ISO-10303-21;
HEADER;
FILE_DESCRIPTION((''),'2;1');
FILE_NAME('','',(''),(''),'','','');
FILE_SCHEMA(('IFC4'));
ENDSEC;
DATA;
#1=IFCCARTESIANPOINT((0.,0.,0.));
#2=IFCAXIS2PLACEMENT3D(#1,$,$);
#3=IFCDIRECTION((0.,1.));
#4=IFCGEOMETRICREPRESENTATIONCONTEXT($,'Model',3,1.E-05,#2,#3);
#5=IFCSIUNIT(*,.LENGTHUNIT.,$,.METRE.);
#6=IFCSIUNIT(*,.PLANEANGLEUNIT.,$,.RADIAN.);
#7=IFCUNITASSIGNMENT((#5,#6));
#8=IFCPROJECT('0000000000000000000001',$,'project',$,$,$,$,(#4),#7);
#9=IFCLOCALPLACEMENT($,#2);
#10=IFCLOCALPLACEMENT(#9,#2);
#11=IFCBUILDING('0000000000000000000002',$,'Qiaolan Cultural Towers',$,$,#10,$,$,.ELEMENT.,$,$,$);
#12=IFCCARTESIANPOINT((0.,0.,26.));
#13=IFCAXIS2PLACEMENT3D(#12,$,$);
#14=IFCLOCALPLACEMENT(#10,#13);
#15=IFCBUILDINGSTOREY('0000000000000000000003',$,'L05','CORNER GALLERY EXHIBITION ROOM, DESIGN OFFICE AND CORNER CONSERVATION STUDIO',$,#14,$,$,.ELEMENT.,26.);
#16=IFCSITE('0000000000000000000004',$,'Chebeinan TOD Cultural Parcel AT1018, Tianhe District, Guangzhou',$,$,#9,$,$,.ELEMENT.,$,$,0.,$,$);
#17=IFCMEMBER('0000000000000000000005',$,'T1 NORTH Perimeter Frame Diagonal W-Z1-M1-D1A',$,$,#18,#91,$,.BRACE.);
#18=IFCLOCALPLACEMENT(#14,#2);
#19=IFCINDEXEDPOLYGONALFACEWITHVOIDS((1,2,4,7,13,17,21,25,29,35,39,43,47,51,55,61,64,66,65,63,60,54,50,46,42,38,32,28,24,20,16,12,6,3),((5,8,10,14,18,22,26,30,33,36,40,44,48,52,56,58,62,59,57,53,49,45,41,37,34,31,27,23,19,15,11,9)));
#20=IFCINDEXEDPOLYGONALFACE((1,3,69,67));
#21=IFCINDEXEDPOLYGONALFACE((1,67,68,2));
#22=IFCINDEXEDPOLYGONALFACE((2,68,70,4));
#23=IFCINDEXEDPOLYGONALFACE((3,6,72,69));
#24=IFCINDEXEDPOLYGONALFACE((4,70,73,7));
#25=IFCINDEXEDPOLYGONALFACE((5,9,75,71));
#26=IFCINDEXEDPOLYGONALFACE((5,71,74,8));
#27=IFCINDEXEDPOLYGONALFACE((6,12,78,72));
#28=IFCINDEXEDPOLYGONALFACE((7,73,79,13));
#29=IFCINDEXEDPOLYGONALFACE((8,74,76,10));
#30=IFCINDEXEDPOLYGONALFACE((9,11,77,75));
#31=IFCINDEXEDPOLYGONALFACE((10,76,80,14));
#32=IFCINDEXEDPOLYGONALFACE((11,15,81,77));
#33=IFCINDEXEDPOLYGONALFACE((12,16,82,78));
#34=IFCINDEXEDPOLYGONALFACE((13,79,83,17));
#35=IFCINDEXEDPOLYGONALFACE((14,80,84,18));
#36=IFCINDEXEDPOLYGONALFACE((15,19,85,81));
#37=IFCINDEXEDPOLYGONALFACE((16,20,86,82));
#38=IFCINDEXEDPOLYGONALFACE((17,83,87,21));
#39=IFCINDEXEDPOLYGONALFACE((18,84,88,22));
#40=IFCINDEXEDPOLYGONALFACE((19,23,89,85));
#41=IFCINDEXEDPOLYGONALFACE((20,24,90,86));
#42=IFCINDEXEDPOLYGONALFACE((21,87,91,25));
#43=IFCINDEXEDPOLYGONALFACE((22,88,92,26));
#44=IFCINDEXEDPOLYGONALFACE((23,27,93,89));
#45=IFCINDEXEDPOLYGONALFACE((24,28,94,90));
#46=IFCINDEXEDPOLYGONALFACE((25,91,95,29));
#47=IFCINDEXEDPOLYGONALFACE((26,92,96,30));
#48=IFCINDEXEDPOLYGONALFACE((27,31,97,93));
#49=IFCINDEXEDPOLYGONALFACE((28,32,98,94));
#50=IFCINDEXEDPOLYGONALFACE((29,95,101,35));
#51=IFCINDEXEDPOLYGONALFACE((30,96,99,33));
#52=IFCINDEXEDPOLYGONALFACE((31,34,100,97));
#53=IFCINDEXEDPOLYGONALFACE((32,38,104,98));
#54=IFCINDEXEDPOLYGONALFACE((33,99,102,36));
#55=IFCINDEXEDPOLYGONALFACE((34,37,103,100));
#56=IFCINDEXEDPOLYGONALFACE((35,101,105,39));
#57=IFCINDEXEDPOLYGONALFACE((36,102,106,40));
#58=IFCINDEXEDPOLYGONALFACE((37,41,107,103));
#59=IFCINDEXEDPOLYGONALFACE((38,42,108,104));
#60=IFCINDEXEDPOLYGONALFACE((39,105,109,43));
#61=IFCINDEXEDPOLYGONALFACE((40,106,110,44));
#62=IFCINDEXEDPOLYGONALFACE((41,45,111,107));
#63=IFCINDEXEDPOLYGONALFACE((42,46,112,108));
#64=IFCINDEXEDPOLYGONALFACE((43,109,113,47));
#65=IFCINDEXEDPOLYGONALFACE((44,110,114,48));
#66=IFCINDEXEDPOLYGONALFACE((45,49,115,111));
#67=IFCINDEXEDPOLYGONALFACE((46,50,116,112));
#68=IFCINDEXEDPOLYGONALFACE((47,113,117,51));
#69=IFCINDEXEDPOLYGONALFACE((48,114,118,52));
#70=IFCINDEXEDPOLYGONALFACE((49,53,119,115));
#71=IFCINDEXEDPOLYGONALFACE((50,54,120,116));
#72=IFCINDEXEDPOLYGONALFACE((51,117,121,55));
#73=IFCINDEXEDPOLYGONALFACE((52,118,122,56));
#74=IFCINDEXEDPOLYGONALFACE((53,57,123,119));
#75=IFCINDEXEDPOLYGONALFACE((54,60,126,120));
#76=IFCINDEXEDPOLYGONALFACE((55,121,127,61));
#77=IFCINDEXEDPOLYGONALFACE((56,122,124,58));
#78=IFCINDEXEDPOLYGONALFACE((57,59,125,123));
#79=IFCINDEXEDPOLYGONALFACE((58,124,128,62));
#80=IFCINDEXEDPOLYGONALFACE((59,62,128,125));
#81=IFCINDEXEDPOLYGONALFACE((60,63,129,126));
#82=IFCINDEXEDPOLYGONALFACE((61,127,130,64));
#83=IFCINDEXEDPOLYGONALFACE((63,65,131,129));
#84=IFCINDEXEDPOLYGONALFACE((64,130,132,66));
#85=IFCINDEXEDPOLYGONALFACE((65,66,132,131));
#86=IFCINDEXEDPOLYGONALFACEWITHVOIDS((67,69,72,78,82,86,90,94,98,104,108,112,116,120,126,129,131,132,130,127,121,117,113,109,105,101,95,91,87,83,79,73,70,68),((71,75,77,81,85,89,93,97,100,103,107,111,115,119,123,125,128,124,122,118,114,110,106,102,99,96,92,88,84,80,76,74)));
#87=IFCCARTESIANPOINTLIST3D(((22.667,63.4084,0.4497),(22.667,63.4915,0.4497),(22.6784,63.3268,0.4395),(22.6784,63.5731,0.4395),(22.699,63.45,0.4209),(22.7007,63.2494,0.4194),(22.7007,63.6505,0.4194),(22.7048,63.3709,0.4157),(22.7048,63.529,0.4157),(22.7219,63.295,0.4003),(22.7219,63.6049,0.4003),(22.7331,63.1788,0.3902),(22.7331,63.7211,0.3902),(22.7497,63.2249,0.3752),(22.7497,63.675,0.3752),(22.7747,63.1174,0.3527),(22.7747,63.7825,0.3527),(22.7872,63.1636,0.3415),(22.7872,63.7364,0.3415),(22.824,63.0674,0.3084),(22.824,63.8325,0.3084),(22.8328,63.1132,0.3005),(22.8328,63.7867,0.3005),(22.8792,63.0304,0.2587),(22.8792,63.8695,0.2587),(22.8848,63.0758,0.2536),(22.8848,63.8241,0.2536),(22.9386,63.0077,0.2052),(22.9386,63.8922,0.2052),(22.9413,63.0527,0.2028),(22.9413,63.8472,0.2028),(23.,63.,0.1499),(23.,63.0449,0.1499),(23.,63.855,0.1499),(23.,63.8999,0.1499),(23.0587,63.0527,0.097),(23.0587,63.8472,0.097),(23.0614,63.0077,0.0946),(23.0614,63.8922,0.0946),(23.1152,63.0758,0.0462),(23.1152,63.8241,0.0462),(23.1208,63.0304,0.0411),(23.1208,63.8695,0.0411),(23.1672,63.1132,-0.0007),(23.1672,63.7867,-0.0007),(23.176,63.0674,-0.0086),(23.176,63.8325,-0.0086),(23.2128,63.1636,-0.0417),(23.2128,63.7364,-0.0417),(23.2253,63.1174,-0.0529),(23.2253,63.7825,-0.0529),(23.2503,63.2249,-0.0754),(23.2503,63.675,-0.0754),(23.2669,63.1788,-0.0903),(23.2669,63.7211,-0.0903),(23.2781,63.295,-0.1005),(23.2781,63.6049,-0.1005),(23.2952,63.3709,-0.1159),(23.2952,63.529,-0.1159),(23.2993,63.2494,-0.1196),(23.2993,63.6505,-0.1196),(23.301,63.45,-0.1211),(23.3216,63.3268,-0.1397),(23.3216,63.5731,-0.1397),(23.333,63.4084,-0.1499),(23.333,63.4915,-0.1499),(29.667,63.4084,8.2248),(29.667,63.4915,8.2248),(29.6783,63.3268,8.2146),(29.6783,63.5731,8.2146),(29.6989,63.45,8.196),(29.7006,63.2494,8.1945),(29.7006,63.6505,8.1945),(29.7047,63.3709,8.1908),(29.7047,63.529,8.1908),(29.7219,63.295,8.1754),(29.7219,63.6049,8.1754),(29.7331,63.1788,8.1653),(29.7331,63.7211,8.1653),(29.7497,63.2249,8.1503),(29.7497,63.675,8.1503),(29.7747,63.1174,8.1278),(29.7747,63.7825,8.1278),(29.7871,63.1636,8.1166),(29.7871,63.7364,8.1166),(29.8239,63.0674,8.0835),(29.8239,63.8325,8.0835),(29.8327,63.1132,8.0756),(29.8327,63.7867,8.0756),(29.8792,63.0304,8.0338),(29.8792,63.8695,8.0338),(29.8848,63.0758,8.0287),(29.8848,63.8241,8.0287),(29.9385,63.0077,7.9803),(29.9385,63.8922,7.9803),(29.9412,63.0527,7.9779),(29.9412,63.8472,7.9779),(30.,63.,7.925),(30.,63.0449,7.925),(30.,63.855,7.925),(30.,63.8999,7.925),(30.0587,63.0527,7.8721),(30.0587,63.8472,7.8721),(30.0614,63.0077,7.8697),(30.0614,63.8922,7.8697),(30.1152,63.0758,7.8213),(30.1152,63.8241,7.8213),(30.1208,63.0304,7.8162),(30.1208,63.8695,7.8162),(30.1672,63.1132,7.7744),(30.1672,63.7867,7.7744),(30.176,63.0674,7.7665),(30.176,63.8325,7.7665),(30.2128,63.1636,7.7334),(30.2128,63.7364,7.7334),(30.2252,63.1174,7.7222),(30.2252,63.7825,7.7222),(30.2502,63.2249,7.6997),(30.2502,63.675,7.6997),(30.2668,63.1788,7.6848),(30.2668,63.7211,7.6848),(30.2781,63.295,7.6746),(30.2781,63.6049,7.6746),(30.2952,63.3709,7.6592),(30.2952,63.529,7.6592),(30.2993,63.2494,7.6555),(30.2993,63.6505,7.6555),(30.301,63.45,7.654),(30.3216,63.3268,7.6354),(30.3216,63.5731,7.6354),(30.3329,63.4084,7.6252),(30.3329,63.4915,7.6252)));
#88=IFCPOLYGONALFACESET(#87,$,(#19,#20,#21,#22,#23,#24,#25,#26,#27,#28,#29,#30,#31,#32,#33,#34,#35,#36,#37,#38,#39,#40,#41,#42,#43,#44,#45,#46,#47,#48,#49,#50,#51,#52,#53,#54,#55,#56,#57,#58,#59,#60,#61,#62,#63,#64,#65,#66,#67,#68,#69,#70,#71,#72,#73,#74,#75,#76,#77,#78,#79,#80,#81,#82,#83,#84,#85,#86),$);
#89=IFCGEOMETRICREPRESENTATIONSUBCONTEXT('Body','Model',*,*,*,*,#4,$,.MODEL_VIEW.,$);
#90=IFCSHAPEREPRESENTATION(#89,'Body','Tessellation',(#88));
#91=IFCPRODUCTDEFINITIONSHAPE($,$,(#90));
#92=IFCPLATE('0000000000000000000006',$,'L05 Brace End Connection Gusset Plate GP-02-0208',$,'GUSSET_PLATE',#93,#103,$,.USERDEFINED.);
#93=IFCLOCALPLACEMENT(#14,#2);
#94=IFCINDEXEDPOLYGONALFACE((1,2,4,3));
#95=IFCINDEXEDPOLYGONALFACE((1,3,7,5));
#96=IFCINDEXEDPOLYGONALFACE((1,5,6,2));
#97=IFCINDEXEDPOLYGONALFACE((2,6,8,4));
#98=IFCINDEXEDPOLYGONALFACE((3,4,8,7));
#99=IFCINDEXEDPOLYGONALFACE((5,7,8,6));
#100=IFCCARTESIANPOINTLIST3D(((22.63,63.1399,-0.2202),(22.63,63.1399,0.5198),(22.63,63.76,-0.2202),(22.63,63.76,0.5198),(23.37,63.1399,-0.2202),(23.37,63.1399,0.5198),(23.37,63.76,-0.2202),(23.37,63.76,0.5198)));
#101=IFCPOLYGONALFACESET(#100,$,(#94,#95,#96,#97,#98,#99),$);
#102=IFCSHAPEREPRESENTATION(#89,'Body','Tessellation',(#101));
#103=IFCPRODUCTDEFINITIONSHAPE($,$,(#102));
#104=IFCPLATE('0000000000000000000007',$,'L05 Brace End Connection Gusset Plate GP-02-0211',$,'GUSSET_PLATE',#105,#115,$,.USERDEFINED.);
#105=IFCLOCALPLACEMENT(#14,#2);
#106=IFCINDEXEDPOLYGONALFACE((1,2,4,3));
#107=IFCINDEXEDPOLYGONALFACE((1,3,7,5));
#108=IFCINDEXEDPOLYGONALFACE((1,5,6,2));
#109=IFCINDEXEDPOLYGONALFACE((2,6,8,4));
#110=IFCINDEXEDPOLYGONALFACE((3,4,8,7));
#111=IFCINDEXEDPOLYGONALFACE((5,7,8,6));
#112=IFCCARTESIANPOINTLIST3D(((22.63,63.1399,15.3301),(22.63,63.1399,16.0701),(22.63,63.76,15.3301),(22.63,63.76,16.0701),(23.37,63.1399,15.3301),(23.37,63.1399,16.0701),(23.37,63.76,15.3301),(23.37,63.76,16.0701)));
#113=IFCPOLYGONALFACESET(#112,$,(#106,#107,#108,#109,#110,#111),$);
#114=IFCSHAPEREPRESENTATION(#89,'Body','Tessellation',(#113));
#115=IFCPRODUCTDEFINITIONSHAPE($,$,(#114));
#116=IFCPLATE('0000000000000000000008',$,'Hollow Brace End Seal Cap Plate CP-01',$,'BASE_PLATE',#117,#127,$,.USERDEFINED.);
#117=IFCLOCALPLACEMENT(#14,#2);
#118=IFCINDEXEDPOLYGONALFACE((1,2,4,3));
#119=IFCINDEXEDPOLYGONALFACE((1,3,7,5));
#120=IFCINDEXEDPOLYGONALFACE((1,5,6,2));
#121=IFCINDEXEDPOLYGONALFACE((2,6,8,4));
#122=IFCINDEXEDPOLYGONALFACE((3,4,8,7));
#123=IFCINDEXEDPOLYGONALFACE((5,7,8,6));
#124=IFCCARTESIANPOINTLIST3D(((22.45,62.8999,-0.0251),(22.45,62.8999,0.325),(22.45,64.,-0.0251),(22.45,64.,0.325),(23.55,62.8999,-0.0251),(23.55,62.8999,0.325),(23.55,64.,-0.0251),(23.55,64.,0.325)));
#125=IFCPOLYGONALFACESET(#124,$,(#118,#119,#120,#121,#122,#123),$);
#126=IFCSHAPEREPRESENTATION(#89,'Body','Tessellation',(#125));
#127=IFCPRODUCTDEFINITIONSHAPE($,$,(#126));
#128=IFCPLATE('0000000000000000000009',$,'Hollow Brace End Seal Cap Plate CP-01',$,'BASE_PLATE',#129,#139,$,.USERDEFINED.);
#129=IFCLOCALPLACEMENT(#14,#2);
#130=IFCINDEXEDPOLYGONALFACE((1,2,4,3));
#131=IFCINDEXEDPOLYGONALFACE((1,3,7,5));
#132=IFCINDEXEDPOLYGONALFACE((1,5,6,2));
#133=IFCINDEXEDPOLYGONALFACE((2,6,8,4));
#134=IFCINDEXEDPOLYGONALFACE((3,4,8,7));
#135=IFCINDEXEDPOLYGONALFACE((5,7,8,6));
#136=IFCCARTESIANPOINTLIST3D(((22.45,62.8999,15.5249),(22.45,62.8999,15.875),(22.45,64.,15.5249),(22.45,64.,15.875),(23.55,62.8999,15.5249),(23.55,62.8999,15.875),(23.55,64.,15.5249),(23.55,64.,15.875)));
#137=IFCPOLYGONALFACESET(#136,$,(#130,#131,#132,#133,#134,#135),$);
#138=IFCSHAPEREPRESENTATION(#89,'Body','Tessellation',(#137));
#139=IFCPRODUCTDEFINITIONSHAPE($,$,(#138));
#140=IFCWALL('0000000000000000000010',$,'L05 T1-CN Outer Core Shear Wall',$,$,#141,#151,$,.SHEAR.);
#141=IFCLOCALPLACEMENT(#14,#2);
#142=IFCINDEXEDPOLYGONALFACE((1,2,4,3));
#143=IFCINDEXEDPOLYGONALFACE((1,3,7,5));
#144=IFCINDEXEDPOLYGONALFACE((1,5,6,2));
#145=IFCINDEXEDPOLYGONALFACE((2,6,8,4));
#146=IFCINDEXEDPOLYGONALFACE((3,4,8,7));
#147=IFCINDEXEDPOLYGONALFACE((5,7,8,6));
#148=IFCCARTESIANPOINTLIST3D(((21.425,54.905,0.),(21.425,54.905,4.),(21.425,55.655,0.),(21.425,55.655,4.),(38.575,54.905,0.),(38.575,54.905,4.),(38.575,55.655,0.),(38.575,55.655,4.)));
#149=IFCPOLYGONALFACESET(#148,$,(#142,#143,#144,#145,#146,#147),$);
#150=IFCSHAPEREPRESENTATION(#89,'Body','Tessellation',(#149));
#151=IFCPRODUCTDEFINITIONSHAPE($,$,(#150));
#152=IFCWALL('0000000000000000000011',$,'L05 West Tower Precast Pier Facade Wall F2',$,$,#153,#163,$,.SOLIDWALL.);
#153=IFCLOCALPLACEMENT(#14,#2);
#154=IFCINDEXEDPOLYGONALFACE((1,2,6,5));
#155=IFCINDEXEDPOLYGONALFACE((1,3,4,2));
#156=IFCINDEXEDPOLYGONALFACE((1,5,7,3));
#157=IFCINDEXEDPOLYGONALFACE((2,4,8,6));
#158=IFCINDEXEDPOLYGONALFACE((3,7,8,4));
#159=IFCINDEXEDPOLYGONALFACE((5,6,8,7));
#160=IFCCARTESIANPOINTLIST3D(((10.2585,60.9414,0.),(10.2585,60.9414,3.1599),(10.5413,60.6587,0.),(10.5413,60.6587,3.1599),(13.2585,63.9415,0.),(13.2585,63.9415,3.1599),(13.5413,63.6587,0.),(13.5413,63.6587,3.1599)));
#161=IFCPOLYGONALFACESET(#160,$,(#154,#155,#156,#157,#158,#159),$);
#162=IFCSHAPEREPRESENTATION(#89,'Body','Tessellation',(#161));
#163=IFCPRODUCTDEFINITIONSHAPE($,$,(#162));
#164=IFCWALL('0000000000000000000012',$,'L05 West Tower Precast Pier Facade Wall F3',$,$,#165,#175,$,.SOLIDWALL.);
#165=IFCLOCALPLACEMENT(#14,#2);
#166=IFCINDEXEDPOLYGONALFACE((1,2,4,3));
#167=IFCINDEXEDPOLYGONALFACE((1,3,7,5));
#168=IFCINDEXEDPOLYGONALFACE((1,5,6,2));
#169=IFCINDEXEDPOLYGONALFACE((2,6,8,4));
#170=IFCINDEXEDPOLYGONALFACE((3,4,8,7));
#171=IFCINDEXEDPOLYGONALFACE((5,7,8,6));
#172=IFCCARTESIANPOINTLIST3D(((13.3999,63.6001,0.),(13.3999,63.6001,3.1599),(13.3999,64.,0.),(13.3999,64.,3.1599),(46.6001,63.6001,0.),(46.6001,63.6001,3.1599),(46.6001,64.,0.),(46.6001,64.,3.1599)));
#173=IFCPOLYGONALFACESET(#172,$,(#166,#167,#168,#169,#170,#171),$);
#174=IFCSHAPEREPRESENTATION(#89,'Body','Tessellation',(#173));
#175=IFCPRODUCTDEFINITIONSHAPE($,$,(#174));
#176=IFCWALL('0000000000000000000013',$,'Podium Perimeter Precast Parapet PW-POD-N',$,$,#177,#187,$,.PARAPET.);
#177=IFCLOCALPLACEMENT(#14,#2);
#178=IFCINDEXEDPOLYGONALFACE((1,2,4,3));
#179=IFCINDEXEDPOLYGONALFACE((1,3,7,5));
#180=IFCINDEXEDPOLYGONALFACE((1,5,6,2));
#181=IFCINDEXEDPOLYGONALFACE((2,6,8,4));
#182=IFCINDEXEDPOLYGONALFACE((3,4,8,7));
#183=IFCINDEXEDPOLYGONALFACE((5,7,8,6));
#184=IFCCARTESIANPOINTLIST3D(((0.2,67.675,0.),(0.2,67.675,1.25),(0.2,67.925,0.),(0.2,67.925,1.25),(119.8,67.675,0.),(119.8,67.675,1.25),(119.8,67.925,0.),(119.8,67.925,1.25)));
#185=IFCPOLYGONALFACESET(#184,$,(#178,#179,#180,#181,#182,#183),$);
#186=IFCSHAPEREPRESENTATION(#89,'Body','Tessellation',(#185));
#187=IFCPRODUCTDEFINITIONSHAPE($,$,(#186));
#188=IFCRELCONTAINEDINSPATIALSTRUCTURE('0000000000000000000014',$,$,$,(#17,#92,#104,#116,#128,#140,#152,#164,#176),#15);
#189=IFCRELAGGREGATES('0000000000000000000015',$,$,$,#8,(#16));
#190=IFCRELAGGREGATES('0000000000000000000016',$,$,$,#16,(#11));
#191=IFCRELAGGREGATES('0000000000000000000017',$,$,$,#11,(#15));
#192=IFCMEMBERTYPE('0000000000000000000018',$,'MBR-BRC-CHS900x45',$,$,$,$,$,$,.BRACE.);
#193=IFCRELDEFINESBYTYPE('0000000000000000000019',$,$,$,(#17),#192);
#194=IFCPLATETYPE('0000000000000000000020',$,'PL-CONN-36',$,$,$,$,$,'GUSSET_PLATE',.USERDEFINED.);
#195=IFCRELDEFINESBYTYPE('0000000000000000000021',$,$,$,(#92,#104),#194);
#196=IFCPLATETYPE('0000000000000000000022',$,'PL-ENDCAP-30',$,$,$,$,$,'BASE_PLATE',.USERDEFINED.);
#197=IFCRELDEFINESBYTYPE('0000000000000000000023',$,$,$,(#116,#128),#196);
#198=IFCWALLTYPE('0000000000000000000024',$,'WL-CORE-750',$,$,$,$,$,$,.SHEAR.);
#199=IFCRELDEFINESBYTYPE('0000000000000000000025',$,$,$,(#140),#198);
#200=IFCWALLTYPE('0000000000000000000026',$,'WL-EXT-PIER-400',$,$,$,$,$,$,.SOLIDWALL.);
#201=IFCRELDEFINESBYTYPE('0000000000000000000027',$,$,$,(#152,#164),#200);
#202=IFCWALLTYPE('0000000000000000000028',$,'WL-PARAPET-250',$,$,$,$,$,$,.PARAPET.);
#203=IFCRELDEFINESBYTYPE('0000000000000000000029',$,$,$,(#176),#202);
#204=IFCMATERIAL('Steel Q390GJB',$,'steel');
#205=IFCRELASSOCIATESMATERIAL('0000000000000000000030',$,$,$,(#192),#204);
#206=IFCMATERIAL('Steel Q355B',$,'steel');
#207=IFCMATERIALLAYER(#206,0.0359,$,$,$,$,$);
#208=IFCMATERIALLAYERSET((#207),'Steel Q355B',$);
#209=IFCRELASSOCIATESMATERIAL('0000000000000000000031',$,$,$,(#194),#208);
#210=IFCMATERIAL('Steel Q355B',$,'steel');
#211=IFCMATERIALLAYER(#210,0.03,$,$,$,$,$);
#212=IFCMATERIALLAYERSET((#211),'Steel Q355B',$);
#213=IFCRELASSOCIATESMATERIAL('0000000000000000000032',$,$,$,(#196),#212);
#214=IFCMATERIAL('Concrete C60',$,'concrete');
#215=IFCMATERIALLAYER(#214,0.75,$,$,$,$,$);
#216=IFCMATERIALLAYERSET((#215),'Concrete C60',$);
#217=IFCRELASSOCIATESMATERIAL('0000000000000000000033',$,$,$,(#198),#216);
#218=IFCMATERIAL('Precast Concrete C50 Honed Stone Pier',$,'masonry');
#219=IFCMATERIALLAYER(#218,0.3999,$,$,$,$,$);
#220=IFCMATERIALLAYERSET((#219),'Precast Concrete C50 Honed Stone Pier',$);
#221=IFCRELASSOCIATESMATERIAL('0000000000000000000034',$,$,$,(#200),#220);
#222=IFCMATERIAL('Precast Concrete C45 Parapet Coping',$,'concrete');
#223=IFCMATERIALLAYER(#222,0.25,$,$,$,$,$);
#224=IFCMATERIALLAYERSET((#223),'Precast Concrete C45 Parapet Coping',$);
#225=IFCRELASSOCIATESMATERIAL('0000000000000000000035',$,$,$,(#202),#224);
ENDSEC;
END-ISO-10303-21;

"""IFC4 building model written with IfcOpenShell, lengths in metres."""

from ifc_helpers import new_model, si_unit, direction, frame, frame_2d, origin, origin_2d, place, context, subcontext, project, spatial, rectangle, hollow_circle, extrude, material, layer, layer_set, material_profile, profile_set, type_object, element, save


model = new_model("IFC4")

# Units and contexts
model_context = context("Model", 3, precision=1e-05, world=origin(), true_north=direction((0.0, 1.0)))
body_context = subcontext(model_context, "Body", "Model", "MODEL_VIEW")
ifc_project = project(units=[si_unit("LENGTHUNIT", "METRE"), si_unit("PLANEANGLEUNIT", "RADIAN")], contexts=[model_context])

# Site, building, storey
site_placement = place(None, origin())
site = spatial("IfcSite", under=ifc_project, at=site_placement, Name="Chebeinan TOD Cultural Parcel AT1018, Tianhe District, Guangzhou", CompositionType="ELEMENT", RefElevation=0.0)
building_placement = place(site_placement, origin())
building = spatial("IfcBuilding", under=site, at=building_placement, Name="Qiaolan Cultural Towers", CompositionType="ELEMENT")
storey_placement = place(building_placement, frame((0.0, 0.0, 26.0)))
storey = spatial("IfcBuildingStorey", under=building, at=storey_placement, Name="L05", Description="CORNER GALLERY EXHIBITION ROOM, DESIGN OFFICE AND CORNER CONSERVATION STUDIO", CompositionType="ELEMENT", Elevation=26.0)

# Member
ifc_material_1 = material(Name="Steel Q390GJB", Category="steel")
ifc_material_profile_1 = material_profile(ifc_material_1, hollow_circle(Radius=0.45, WallThickness=0.0449, at=origin_2d()), Name="CHS900x45")
ifc_profile_set_1 = profile_set([ifc_material_profile_1], Name="Steel Q390GJB")
member_type = type_object("IfcMemberType", Name="MBR-BRC-CHS900x45", PredefinedType="BRACE", material=ifc_profile_set_1)
member_placement = place(storey_placement, frame((23.0, 63.45, 0.1499), z_axis=(0.66909, 0.0, 0.743182), x_axis=(0.0, 1.0, 0.0)))
element("IfcMember", 1, at=member_placement, inside=storey, type_object=member_type, Name="T1 NORTH Perimeter Frame Diagonal W-Z1-M1-D1A", PredefinedType="BRACE", context=body_context, shape_type="SweptSolid", body=[
    extrude(hollow_circle(Radius=0.45, WallThickness=0.0449, at=origin_2d()), origin(), (0.0, 0.0, 1.0), 10.4619),
])

# Plates
ifc_material_2 = material(Name="Steel Q355B", Category="steel")
ifc_layer_1 = layer(ifc_material_2, 0.0359)
ifc_layer_set_1 = layer_set([ifc_layer_1], Name="Steel Q355B")
plate_type_1 = type_object("IfcPlateType", Name="PL-CONN-36", ElementType="GUSSET_PLATE", PredefinedType="USERDEFINED", material=ifc_layer_set_1)
for number, where, z_axis, x_axis, name in (
    (2, (23.0, 63.45, -0.2202), (0.0, 0.0, 1.0), (1.0, 0.0, 0.0), "L05 Brace End Connection Gusset Plate GP-02-0208"),
    (3, (23.0, 63.45, 15.3301), (0.0, 0.0, 1.0), (1.0, 0.0, 0.0), "L05 Brace End Connection Gusset Plate GP-02-0211"),
):
    element("IfcPlate", number, at=place(storey_placement, frame(where, z_axis=z_axis, x_axis=x_axis)), inside=storey, type_object=plate_type_1, Name=name, ObjectType="GUSSET_PLATE", PredefinedType="USERDEFINED", context=body_context, shape_type="SweptSolid", body=[
        extrude(rectangle(XDim=0.74, YDim=0.6201, at=origin_2d()), origin(), (0.0, 0.0, 1.0), 0.74),
    ])
ifc_material_3 = material(Name="Steel Q355B", Category="steel")
ifc_layer_2 = layer(ifc_material_3, 0.03)
ifc_layer_set_2 = layer_set([ifc_layer_2], Name="Steel Q355B")
plate_type_2 = type_object("IfcPlateType", Name="PL-ENDCAP-30", ElementType="BASE_PLATE", PredefinedType="USERDEFINED", material=ifc_layer_set_2)
for number, where, z_axis, x_axis, name in (
    (4, (23.0, 63.45, -0.0251), (0.0, 0.0, 1.0), (1.0, 0.0, 0.0), "Hollow Brace End Seal Cap Plate CP-01"),
    (5, (23.0, 63.45, 15.5249), (0.0, 0.0, 1.0), (1.0, 0.0, 0.0), "Hollow Brace End Seal Cap Plate CP-01"),
):
    element("IfcPlate", number, at=place(storey_placement, frame(where, z_axis=z_axis, x_axis=x_axis)), inside=storey, type_object=plate_type_2, Name=name, ObjectType="BASE_PLATE", PredefinedType="USERDEFINED", context=body_context, shape_type="SweptSolid", body=[
        extrude(rectangle(XDim=1.1001, YDim=1.1001, at=origin_2d()), origin(), (0.0, 0.0, 1.0), 0.3501),
    ])

# Walls
ifc_material_4 = material(Name="Concrete C60", Category="concrete")
ifc_layer_3 = layer(ifc_material_4, 0.75)
ifc_layer_set_3 = layer_set([ifc_layer_3], Name="Concrete C60")
wall_type_1 = type_object("IfcWallType", Name="WL-CORE-750", PredefinedType="SHEAR", material=ifc_layer_set_3)
wall_1_placement = place(storey_placement, frame((21.425, 55.28, 0.0), z_axis=(0.0, 0.0, 1.0), x_axis=(1.0, 0.0, 0.0)))
element("IfcWall", 6, at=wall_1_placement, inside=storey, type_object=wall_type_1, Name="L05 T1-CN Outer Core Shear Wall", PredefinedType="SHEAR", context=body_context, shape_type="SweptSolid", body=[
    extrude(rectangle(XDim=17.1499, YDim=0.75, at=frame_2d((8.575, 0.0))), origin(), (0.0, 0.0, 1.0), 4.0),
])
ifc_material_5 = material(Name="Precast Concrete C50 Honed Stone Pier", Category="masonry")
ifc_layer_4 = layer(ifc_material_5, 0.3999)
ifc_layer_set_4 = layer_set([ifc_layer_4], Name="Precast Concrete C50 Honed Stone Pier")
wall_type_2 = type_object("IfcWallType", Name="WL-EXT-PIER-400", PredefinedType="SOLIDWALL", material=ifc_layer_set_4)
wall_2_placement = place(storey_placement, frame((10.3999, 60.8, 0.0), z_axis=(0.0, 0.0, 1.0), x_axis=(0.707107, 0.707107, 0.0)))
element("IfcWall", 7, at=wall_2_placement, inside=storey, type_object=wall_type_2, Name="L05 West Tower Precast Pier Facade Wall F2", PredefinedType="SOLIDWALL", context=body_context, shape_type="SweptSolid", body=[
    extrude(rectangle(XDim=4.2427, YDim=0.3999, at=frame_2d((2.1213, 0.0))), origin(), (0.0, 0.0, 1.0), 3.1599),
])
wall_3_placement = place(storey_placement, frame((13.3999, 63.8, 0.0), z_axis=(0.0, 0.0, 1.0), x_axis=(1.0, 0.0, 0.0)))
element("IfcWall", 8, at=wall_3_placement, inside=storey, type_object=wall_type_2, Name="L05 West Tower Precast Pier Facade Wall F3", PredefinedType="SOLIDWALL", context=body_context, shape_type="SweptSolid", body=[
    extrude(rectangle(XDim=33.2002, YDim=0.3999, at=frame_2d((16.6001, 0.0))), origin(), (0.0, 0.0, 1.0), 3.1599),
])
ifc_material_6 = material(Name="Precast Concrete C45 Parapet Coping", Category="concrete")
ifc_layer_5 = layer(ifc_material_6, 0.25)
ifc_layer_set_5 = layer_set([ifc_layer_5], Name="Precast Concrete C45 Parapet Coping")
wall_type_3 = type_object("IfcWallType", Name="WL-PARAPET-250", PredefinedType="PARAPET", material=ifc_layer_set_5)
wall_4_placement = place(storey_placement, frame((0.2, 67.8, 0.0), z_axis=(0.0, 0.0, 1.0), x_axis=(1.0, 0.0, 0.0)))
element("IfcWall", 9, at=wall_4_placement, inside=storey, type_object=wall_type_3, Name="Podium Perimeter Precast Parapet PW-POD-N", PredefinedType="PARAPET", context=body_context, shape_type="SweptSolid", body=[
    extrude(rectangle(XDim=119.6001, YDim=0.25, at=frame_2d((59.8, 0.0))), origin(), (0.0, 0.0, 1.0), 1.25),
])

save(model, "model.ifc")
